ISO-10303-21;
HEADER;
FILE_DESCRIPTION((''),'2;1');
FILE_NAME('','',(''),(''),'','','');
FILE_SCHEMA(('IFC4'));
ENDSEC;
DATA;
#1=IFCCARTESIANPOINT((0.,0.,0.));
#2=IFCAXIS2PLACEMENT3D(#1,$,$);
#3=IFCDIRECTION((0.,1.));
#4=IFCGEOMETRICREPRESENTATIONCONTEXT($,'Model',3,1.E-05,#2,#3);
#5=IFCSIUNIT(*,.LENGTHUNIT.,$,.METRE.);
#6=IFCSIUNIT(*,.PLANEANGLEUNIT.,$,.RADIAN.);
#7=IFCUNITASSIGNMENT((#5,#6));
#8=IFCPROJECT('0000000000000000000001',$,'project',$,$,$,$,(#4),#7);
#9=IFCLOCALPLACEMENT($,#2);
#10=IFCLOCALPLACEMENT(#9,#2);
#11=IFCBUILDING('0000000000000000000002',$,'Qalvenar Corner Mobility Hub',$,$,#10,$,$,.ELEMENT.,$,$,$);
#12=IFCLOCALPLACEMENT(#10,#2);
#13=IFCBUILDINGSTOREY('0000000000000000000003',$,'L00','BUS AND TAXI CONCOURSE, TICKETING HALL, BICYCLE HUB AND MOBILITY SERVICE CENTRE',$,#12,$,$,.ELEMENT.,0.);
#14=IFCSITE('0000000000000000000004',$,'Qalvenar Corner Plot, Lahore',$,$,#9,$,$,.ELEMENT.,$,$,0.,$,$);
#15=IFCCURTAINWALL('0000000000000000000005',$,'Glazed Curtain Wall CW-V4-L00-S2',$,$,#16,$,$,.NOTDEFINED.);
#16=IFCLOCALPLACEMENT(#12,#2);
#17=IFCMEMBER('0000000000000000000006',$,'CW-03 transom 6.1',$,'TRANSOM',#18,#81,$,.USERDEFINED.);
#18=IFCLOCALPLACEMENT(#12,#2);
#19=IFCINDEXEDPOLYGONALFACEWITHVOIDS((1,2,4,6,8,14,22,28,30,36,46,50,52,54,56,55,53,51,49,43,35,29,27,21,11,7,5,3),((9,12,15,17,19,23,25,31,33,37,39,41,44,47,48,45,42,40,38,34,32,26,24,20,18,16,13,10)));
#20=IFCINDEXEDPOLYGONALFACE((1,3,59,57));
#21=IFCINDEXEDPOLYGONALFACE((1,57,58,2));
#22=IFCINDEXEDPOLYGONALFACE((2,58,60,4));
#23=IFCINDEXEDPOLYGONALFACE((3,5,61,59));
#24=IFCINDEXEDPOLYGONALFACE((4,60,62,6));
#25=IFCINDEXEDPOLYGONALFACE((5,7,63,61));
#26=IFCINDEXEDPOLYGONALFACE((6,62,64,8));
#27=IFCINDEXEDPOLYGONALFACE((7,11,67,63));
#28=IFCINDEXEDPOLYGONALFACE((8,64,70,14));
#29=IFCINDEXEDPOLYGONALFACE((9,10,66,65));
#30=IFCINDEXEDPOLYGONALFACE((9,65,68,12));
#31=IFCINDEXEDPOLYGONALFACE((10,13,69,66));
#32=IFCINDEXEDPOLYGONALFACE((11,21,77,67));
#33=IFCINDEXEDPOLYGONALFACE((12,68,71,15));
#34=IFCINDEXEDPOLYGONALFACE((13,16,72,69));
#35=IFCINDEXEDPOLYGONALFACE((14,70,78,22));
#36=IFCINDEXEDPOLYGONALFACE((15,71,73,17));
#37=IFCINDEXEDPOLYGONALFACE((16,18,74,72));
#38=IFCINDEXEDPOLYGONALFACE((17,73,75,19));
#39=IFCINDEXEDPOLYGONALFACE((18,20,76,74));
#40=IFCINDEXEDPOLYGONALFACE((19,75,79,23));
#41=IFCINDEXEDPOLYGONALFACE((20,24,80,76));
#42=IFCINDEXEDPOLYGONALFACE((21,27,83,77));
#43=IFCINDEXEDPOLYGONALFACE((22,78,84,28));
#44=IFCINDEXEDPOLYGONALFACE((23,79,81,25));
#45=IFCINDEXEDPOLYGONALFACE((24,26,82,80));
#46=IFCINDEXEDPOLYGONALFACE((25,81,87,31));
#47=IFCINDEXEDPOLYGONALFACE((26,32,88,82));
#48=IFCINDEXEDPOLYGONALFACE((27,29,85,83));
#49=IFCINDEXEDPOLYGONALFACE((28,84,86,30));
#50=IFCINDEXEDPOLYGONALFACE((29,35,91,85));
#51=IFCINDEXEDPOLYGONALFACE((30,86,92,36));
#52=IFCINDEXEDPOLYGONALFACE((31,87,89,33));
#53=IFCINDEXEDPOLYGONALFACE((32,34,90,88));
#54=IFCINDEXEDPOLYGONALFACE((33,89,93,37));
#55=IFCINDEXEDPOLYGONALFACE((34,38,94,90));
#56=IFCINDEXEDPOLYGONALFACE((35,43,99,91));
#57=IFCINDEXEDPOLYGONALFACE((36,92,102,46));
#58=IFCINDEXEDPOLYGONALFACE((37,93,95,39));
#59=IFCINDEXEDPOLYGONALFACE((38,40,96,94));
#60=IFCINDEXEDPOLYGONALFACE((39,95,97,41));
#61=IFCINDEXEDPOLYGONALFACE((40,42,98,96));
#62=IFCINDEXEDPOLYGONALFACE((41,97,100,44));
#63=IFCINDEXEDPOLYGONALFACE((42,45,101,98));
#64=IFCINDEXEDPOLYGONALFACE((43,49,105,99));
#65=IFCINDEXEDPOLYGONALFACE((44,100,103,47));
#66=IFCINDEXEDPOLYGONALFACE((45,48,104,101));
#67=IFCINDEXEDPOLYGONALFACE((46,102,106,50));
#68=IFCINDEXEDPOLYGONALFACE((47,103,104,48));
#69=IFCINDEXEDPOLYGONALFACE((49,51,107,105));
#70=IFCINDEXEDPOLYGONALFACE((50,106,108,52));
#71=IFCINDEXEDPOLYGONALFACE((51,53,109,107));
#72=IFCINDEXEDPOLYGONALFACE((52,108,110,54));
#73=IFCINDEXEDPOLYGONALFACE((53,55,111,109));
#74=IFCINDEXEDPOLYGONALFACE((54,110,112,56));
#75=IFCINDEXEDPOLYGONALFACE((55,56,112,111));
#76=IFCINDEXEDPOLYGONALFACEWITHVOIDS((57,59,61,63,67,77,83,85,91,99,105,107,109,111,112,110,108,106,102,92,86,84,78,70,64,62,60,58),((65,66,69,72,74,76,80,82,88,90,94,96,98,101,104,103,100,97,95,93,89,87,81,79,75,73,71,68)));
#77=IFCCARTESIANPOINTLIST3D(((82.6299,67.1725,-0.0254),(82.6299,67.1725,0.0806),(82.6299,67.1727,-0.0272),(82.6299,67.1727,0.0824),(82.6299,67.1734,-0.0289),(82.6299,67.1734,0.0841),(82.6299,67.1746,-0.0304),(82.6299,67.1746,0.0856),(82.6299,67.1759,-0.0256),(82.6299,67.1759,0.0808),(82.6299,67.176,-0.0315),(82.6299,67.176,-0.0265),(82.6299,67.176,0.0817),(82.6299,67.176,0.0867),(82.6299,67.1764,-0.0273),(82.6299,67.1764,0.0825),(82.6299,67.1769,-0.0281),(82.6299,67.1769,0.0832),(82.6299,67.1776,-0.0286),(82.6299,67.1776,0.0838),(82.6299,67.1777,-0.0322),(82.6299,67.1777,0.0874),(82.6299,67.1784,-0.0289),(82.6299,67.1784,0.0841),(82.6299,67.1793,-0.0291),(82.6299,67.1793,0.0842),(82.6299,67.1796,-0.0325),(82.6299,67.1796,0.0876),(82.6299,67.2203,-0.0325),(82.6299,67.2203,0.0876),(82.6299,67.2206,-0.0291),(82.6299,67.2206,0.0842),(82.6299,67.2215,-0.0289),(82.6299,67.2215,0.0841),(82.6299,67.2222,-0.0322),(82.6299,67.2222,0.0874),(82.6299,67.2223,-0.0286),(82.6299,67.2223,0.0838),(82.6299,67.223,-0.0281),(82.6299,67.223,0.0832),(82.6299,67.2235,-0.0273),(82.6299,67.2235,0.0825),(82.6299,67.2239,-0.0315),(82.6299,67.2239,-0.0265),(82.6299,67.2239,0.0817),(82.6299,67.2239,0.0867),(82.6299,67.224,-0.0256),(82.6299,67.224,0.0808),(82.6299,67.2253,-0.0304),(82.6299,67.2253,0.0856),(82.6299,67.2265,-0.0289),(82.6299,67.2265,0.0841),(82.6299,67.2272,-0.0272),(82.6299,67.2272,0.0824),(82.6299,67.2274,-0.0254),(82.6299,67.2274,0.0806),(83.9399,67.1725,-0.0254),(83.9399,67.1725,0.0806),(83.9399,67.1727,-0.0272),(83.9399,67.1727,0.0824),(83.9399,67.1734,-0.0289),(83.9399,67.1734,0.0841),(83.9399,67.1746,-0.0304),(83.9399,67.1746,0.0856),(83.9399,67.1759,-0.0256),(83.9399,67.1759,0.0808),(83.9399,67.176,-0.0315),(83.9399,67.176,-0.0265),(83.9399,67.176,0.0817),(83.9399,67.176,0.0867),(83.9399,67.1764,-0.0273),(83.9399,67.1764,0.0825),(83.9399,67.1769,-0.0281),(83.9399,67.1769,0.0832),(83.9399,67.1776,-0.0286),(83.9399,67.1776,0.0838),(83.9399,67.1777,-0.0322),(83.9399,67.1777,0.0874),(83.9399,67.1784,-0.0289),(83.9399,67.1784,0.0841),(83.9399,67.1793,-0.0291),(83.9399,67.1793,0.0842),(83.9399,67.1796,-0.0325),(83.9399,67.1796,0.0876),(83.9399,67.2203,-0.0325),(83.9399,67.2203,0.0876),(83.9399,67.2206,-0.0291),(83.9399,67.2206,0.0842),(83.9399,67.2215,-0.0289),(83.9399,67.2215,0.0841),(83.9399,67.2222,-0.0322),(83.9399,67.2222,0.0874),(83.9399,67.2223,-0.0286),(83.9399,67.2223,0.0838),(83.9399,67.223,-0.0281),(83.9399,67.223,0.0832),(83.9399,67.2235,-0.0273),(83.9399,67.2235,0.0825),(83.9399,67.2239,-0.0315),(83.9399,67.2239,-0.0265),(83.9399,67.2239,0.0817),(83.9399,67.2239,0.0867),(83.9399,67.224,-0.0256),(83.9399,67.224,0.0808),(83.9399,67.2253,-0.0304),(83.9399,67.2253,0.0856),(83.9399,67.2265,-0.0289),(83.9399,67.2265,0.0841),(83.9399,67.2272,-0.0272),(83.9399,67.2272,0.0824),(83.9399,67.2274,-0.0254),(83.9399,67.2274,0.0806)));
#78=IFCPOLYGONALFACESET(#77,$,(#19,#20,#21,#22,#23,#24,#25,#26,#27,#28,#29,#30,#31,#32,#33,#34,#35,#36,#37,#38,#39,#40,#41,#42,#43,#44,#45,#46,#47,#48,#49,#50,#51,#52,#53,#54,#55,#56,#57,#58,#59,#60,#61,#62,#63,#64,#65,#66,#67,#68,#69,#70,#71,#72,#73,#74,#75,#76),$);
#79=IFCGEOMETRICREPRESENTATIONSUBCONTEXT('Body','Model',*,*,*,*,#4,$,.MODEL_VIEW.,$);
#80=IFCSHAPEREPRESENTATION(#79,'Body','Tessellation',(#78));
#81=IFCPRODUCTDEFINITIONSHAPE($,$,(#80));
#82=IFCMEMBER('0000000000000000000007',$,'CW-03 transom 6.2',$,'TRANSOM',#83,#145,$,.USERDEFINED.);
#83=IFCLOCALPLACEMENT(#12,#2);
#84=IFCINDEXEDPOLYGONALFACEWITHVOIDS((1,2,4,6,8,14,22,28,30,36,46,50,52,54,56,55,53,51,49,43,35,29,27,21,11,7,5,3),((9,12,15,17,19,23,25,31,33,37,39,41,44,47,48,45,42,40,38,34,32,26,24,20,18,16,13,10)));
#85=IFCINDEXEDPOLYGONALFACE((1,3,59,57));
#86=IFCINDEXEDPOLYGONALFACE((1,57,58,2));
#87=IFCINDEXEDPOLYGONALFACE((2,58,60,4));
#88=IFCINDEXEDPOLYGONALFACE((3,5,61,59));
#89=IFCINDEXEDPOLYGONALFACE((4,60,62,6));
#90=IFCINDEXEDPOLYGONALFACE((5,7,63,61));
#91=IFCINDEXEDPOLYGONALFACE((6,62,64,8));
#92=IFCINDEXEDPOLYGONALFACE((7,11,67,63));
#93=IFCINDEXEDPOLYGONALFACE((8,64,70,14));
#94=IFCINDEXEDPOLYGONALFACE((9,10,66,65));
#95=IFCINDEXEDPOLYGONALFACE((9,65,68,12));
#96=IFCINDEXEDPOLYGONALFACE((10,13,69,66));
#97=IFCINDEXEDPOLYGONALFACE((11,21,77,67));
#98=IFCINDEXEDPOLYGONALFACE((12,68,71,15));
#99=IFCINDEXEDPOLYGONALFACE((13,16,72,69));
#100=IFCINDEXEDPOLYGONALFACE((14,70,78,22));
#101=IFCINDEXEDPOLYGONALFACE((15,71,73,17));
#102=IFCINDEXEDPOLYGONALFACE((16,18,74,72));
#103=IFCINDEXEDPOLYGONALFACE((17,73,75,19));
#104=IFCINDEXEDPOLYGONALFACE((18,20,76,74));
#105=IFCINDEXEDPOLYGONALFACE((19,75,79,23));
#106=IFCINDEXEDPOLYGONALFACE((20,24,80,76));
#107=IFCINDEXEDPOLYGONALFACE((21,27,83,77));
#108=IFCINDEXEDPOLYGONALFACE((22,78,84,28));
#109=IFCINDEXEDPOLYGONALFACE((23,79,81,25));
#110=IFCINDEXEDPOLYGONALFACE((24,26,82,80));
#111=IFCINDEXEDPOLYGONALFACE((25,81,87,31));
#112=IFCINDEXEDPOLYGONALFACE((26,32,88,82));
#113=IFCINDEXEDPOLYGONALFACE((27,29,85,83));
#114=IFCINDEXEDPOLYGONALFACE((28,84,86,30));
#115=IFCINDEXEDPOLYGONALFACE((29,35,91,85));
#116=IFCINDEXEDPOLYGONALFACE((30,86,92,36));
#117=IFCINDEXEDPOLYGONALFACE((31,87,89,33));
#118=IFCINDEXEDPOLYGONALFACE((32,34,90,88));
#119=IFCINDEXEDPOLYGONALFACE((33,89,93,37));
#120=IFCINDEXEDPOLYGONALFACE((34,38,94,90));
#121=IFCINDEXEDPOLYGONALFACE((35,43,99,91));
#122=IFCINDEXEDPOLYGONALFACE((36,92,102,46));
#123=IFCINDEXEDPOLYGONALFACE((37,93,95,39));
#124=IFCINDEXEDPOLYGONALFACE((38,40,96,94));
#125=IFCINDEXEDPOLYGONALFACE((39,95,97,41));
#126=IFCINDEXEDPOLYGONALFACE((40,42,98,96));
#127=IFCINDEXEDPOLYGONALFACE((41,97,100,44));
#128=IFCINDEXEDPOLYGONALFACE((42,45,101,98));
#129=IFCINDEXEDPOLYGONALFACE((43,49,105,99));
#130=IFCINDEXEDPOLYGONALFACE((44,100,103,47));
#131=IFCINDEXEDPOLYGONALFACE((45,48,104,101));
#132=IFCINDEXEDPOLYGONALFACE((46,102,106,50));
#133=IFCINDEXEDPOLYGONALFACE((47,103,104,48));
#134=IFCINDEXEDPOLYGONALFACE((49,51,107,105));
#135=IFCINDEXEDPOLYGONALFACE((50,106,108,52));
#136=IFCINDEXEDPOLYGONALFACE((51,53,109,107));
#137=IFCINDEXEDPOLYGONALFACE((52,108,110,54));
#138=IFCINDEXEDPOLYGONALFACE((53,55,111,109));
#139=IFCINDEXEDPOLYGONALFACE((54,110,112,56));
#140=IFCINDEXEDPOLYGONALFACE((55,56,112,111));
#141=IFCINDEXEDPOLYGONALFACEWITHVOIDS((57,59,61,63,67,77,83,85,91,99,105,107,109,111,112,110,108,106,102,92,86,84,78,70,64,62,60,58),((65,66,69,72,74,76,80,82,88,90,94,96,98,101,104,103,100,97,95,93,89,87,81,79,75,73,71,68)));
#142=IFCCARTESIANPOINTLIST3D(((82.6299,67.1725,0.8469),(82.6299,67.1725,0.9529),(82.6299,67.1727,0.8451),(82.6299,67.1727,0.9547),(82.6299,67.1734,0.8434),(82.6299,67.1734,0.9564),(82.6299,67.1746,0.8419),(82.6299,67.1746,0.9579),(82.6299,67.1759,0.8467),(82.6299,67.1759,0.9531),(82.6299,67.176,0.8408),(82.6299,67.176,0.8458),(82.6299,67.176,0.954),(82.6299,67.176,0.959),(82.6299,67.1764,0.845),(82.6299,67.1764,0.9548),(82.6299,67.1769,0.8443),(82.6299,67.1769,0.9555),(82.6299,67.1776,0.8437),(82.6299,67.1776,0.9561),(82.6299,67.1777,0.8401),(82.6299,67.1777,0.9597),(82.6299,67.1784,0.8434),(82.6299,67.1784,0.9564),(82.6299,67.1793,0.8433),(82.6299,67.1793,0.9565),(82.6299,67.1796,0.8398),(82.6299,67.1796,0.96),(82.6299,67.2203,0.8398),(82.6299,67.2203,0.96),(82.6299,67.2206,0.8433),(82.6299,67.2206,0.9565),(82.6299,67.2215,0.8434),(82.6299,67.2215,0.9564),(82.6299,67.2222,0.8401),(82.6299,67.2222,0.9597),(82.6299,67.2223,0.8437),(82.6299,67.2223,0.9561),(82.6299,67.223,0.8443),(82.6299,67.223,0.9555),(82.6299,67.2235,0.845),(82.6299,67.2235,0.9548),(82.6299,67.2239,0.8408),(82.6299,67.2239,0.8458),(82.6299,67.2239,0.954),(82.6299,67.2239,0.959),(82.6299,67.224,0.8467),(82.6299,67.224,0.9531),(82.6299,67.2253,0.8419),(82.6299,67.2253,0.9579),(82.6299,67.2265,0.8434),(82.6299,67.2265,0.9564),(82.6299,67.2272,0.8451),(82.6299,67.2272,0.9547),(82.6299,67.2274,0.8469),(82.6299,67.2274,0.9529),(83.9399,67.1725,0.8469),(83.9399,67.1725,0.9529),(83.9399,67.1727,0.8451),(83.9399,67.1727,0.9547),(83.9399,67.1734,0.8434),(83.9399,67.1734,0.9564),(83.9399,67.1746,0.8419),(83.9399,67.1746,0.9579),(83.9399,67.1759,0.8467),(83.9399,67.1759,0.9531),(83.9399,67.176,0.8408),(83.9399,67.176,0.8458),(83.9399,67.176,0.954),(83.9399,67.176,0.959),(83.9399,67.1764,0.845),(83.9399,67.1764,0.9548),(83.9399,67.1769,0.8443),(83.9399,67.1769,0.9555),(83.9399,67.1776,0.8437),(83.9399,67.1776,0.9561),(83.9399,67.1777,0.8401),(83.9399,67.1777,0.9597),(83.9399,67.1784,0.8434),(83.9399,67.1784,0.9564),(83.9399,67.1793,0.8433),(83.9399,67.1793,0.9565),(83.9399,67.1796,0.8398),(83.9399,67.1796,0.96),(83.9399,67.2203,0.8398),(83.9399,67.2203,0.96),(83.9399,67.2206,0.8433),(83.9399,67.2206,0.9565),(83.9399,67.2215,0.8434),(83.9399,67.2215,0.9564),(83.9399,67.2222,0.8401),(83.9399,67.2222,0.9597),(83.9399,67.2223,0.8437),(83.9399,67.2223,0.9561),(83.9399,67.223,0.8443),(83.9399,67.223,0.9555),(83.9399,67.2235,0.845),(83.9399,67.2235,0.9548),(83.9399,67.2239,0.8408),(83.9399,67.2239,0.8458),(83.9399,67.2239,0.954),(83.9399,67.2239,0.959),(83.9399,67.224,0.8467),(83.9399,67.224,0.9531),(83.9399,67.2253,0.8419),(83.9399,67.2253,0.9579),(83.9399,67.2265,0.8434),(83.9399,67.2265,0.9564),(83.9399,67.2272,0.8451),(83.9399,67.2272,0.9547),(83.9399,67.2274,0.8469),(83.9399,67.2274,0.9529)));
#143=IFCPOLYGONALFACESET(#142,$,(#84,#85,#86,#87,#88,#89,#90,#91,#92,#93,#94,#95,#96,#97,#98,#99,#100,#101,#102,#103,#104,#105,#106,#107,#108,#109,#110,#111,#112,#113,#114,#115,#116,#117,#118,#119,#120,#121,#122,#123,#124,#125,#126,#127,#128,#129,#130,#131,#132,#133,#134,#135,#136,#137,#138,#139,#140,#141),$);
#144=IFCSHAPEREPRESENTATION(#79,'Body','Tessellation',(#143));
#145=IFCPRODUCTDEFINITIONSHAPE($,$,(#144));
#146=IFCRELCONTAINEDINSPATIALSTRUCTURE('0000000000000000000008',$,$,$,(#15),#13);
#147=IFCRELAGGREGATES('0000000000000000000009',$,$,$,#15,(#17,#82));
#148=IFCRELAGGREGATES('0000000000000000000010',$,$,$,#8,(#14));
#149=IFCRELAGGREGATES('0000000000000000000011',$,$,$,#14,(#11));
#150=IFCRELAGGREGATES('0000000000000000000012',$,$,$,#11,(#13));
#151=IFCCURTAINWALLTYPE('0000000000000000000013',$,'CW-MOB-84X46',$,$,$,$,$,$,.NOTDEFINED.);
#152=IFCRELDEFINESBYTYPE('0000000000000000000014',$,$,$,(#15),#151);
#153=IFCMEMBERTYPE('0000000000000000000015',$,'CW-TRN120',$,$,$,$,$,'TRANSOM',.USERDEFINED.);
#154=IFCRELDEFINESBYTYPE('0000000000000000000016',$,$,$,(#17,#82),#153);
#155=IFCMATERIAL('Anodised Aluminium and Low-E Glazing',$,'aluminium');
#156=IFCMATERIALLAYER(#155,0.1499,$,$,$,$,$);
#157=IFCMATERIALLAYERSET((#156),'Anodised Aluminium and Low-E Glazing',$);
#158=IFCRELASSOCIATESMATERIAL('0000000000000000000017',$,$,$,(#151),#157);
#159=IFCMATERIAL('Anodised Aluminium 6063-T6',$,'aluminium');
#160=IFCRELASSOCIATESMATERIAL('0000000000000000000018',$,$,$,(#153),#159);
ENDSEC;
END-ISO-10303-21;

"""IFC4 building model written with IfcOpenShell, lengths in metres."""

from ifc_helpers import new_model, si_unit, direction, frame, origin, origin_2d, place, context, subcontext, project, spatial, hollow_rectangle, extrude, material, layer, layer_set, material_profile, profile_set, type_object, element, aggregate, save


model = new_model("IFC4")

# Units and contexts
model_context = context("Model", 3, precision=1e-05, world=origin(), true_north=direction((0.0, 1.0)))
body_context = subcontext(model_context, "Body", "Model", "MODEL_VIEW")
ifc_project = project(units=[si_unit("LENGTHUNIT", "METRE"), si_unit("PLANEANGLEUNIT", "RADIAN")], contexts=[model_context])

# Site, building, storey
site_placement = place(None, origin())
site = spatial("IfcSite", under=ifc_project, at=site_placement, Name="Qalvenar Corner Plot, Lahore", CompositionType="ELEMENT", RefElevation=0.0)
building_placement = place(site_placement, origin())
building = spatial("IfcBuilding", under=site, at=building_placement, Name="Qalvenar Corner Mobility Hub", CompositionType="ELEMENT")
storey_placement = place(building_placement, origin())
storey = spatial("IfcBuildingStorey", under=building, at=storey_placement, Name="L00", Description="BUS AND TAXI CONCOURSE, TICKETING HALL, BICYCLE HUB AND MOBILITY SERVICE CENTRE", CompositionType="ELEMENT", Elevation=0.0)

# Curtain wall
ifc_material_1 = material(Name="Anodised Aluminium and Low-E Glazing", Category="aluminium")
ifc_layer_1 = layer(ifc_material_1, 0.1499)
ifc_layer_set_1 = layer_set([ifc_layer_1], Name="Anodised Aluminium and Low-E Glazing")
curtain_wall_type = type_object("IfcCurtainWallType", Name="CW-MOB-84X46", PredefinedType="NOTDEFINED", material=ifc_layer_set_1)
curtain_wall_1_placement = place(storey_placement, origin())
curtain_wall_1 = element("IfcCurtainWall", 1, at=curtain_wall_1_placement, inside=storey, type_object=curtain_wall_type, Name="Glazed Curtain Wall CW-V4-L00-S2", PredefinedType="NOTDEFINED")
ifc_material_2 = material(Name="Anodised Aluminium 6063-T6", Category="aluminium")

# Members
ifc_material_profile_1 = material_profile(ifc_material_2, hollow_rectangle(XDim=0.0549, YDim=0.1201, WallThickness=0.0034, InnerFilletRadius=0.0034, OuterFilletRadius=0.0071, at=origin_2d()), Name="RHS120x55x3.5")
ifc_profile_set_1 = profile_set([ifc_material_profile_1], Name="Anodised Aluminium 6063-T6")
member_type_1 = type_object("IfcMemberType", Name="CW-TRN120", ElementType="TRANSOM", PredefinedType="USERDEFINED", material=ifc_profile_set_1)
member_1_placement = place(storey_placement, frame((82.6299, 67.2, 0.0276), z_axis=(1.0, 0.0, 0.0), x_axis=(0.0, 1.0, 0.0)))
member_1 = element("IfcMember", 2, at=member_1_placement, type_object=member_type_1, Name="CW-03 transom 6.1", ObjectType="TRANSOM", PredefinedType="USERDEFINED", context=body_context, shape_type="SweptSolid", body=[
    extrude(hollow_rectangle(XDim=0.0549, YDim=0.1201, WallThickness=0.0034, InnerFilletRadius=0.0034, OuterFilletRadius=0.0071, at=origin_2d()), origin(), (0.0, 0.0, 1.0), 1.3101),
])
member_2_placement = place(storey_placement, frame((82.6299, 67.2, 0.8999), z_axis=(1.0, 0.0, 0.0), x_axis=(0.0, 1.0, 0.0)))
member_2 = element("IfcMember", 3, at=member_2_placement, type_object=member_type_1, Name="CW-03 transom 6.2", ObjectType="TRANSOM", PredefinedType="USERDEFINED", context=body_context, shape_type="SweptSolid", body=[
    extrude(hollow_rectangle(XDim=0.0549, YDim=0.1201, WallThickness=0.0034, InnerFilletRadius=0.0034, OuterFilletRadius=0.0071, at=origin_2d()), origin(), (0.0, 0.0, 1.0), 1.3101),
])

aggregate(curtain_wall_1, [member_1, member_2])

save(model, "model.ifc")
